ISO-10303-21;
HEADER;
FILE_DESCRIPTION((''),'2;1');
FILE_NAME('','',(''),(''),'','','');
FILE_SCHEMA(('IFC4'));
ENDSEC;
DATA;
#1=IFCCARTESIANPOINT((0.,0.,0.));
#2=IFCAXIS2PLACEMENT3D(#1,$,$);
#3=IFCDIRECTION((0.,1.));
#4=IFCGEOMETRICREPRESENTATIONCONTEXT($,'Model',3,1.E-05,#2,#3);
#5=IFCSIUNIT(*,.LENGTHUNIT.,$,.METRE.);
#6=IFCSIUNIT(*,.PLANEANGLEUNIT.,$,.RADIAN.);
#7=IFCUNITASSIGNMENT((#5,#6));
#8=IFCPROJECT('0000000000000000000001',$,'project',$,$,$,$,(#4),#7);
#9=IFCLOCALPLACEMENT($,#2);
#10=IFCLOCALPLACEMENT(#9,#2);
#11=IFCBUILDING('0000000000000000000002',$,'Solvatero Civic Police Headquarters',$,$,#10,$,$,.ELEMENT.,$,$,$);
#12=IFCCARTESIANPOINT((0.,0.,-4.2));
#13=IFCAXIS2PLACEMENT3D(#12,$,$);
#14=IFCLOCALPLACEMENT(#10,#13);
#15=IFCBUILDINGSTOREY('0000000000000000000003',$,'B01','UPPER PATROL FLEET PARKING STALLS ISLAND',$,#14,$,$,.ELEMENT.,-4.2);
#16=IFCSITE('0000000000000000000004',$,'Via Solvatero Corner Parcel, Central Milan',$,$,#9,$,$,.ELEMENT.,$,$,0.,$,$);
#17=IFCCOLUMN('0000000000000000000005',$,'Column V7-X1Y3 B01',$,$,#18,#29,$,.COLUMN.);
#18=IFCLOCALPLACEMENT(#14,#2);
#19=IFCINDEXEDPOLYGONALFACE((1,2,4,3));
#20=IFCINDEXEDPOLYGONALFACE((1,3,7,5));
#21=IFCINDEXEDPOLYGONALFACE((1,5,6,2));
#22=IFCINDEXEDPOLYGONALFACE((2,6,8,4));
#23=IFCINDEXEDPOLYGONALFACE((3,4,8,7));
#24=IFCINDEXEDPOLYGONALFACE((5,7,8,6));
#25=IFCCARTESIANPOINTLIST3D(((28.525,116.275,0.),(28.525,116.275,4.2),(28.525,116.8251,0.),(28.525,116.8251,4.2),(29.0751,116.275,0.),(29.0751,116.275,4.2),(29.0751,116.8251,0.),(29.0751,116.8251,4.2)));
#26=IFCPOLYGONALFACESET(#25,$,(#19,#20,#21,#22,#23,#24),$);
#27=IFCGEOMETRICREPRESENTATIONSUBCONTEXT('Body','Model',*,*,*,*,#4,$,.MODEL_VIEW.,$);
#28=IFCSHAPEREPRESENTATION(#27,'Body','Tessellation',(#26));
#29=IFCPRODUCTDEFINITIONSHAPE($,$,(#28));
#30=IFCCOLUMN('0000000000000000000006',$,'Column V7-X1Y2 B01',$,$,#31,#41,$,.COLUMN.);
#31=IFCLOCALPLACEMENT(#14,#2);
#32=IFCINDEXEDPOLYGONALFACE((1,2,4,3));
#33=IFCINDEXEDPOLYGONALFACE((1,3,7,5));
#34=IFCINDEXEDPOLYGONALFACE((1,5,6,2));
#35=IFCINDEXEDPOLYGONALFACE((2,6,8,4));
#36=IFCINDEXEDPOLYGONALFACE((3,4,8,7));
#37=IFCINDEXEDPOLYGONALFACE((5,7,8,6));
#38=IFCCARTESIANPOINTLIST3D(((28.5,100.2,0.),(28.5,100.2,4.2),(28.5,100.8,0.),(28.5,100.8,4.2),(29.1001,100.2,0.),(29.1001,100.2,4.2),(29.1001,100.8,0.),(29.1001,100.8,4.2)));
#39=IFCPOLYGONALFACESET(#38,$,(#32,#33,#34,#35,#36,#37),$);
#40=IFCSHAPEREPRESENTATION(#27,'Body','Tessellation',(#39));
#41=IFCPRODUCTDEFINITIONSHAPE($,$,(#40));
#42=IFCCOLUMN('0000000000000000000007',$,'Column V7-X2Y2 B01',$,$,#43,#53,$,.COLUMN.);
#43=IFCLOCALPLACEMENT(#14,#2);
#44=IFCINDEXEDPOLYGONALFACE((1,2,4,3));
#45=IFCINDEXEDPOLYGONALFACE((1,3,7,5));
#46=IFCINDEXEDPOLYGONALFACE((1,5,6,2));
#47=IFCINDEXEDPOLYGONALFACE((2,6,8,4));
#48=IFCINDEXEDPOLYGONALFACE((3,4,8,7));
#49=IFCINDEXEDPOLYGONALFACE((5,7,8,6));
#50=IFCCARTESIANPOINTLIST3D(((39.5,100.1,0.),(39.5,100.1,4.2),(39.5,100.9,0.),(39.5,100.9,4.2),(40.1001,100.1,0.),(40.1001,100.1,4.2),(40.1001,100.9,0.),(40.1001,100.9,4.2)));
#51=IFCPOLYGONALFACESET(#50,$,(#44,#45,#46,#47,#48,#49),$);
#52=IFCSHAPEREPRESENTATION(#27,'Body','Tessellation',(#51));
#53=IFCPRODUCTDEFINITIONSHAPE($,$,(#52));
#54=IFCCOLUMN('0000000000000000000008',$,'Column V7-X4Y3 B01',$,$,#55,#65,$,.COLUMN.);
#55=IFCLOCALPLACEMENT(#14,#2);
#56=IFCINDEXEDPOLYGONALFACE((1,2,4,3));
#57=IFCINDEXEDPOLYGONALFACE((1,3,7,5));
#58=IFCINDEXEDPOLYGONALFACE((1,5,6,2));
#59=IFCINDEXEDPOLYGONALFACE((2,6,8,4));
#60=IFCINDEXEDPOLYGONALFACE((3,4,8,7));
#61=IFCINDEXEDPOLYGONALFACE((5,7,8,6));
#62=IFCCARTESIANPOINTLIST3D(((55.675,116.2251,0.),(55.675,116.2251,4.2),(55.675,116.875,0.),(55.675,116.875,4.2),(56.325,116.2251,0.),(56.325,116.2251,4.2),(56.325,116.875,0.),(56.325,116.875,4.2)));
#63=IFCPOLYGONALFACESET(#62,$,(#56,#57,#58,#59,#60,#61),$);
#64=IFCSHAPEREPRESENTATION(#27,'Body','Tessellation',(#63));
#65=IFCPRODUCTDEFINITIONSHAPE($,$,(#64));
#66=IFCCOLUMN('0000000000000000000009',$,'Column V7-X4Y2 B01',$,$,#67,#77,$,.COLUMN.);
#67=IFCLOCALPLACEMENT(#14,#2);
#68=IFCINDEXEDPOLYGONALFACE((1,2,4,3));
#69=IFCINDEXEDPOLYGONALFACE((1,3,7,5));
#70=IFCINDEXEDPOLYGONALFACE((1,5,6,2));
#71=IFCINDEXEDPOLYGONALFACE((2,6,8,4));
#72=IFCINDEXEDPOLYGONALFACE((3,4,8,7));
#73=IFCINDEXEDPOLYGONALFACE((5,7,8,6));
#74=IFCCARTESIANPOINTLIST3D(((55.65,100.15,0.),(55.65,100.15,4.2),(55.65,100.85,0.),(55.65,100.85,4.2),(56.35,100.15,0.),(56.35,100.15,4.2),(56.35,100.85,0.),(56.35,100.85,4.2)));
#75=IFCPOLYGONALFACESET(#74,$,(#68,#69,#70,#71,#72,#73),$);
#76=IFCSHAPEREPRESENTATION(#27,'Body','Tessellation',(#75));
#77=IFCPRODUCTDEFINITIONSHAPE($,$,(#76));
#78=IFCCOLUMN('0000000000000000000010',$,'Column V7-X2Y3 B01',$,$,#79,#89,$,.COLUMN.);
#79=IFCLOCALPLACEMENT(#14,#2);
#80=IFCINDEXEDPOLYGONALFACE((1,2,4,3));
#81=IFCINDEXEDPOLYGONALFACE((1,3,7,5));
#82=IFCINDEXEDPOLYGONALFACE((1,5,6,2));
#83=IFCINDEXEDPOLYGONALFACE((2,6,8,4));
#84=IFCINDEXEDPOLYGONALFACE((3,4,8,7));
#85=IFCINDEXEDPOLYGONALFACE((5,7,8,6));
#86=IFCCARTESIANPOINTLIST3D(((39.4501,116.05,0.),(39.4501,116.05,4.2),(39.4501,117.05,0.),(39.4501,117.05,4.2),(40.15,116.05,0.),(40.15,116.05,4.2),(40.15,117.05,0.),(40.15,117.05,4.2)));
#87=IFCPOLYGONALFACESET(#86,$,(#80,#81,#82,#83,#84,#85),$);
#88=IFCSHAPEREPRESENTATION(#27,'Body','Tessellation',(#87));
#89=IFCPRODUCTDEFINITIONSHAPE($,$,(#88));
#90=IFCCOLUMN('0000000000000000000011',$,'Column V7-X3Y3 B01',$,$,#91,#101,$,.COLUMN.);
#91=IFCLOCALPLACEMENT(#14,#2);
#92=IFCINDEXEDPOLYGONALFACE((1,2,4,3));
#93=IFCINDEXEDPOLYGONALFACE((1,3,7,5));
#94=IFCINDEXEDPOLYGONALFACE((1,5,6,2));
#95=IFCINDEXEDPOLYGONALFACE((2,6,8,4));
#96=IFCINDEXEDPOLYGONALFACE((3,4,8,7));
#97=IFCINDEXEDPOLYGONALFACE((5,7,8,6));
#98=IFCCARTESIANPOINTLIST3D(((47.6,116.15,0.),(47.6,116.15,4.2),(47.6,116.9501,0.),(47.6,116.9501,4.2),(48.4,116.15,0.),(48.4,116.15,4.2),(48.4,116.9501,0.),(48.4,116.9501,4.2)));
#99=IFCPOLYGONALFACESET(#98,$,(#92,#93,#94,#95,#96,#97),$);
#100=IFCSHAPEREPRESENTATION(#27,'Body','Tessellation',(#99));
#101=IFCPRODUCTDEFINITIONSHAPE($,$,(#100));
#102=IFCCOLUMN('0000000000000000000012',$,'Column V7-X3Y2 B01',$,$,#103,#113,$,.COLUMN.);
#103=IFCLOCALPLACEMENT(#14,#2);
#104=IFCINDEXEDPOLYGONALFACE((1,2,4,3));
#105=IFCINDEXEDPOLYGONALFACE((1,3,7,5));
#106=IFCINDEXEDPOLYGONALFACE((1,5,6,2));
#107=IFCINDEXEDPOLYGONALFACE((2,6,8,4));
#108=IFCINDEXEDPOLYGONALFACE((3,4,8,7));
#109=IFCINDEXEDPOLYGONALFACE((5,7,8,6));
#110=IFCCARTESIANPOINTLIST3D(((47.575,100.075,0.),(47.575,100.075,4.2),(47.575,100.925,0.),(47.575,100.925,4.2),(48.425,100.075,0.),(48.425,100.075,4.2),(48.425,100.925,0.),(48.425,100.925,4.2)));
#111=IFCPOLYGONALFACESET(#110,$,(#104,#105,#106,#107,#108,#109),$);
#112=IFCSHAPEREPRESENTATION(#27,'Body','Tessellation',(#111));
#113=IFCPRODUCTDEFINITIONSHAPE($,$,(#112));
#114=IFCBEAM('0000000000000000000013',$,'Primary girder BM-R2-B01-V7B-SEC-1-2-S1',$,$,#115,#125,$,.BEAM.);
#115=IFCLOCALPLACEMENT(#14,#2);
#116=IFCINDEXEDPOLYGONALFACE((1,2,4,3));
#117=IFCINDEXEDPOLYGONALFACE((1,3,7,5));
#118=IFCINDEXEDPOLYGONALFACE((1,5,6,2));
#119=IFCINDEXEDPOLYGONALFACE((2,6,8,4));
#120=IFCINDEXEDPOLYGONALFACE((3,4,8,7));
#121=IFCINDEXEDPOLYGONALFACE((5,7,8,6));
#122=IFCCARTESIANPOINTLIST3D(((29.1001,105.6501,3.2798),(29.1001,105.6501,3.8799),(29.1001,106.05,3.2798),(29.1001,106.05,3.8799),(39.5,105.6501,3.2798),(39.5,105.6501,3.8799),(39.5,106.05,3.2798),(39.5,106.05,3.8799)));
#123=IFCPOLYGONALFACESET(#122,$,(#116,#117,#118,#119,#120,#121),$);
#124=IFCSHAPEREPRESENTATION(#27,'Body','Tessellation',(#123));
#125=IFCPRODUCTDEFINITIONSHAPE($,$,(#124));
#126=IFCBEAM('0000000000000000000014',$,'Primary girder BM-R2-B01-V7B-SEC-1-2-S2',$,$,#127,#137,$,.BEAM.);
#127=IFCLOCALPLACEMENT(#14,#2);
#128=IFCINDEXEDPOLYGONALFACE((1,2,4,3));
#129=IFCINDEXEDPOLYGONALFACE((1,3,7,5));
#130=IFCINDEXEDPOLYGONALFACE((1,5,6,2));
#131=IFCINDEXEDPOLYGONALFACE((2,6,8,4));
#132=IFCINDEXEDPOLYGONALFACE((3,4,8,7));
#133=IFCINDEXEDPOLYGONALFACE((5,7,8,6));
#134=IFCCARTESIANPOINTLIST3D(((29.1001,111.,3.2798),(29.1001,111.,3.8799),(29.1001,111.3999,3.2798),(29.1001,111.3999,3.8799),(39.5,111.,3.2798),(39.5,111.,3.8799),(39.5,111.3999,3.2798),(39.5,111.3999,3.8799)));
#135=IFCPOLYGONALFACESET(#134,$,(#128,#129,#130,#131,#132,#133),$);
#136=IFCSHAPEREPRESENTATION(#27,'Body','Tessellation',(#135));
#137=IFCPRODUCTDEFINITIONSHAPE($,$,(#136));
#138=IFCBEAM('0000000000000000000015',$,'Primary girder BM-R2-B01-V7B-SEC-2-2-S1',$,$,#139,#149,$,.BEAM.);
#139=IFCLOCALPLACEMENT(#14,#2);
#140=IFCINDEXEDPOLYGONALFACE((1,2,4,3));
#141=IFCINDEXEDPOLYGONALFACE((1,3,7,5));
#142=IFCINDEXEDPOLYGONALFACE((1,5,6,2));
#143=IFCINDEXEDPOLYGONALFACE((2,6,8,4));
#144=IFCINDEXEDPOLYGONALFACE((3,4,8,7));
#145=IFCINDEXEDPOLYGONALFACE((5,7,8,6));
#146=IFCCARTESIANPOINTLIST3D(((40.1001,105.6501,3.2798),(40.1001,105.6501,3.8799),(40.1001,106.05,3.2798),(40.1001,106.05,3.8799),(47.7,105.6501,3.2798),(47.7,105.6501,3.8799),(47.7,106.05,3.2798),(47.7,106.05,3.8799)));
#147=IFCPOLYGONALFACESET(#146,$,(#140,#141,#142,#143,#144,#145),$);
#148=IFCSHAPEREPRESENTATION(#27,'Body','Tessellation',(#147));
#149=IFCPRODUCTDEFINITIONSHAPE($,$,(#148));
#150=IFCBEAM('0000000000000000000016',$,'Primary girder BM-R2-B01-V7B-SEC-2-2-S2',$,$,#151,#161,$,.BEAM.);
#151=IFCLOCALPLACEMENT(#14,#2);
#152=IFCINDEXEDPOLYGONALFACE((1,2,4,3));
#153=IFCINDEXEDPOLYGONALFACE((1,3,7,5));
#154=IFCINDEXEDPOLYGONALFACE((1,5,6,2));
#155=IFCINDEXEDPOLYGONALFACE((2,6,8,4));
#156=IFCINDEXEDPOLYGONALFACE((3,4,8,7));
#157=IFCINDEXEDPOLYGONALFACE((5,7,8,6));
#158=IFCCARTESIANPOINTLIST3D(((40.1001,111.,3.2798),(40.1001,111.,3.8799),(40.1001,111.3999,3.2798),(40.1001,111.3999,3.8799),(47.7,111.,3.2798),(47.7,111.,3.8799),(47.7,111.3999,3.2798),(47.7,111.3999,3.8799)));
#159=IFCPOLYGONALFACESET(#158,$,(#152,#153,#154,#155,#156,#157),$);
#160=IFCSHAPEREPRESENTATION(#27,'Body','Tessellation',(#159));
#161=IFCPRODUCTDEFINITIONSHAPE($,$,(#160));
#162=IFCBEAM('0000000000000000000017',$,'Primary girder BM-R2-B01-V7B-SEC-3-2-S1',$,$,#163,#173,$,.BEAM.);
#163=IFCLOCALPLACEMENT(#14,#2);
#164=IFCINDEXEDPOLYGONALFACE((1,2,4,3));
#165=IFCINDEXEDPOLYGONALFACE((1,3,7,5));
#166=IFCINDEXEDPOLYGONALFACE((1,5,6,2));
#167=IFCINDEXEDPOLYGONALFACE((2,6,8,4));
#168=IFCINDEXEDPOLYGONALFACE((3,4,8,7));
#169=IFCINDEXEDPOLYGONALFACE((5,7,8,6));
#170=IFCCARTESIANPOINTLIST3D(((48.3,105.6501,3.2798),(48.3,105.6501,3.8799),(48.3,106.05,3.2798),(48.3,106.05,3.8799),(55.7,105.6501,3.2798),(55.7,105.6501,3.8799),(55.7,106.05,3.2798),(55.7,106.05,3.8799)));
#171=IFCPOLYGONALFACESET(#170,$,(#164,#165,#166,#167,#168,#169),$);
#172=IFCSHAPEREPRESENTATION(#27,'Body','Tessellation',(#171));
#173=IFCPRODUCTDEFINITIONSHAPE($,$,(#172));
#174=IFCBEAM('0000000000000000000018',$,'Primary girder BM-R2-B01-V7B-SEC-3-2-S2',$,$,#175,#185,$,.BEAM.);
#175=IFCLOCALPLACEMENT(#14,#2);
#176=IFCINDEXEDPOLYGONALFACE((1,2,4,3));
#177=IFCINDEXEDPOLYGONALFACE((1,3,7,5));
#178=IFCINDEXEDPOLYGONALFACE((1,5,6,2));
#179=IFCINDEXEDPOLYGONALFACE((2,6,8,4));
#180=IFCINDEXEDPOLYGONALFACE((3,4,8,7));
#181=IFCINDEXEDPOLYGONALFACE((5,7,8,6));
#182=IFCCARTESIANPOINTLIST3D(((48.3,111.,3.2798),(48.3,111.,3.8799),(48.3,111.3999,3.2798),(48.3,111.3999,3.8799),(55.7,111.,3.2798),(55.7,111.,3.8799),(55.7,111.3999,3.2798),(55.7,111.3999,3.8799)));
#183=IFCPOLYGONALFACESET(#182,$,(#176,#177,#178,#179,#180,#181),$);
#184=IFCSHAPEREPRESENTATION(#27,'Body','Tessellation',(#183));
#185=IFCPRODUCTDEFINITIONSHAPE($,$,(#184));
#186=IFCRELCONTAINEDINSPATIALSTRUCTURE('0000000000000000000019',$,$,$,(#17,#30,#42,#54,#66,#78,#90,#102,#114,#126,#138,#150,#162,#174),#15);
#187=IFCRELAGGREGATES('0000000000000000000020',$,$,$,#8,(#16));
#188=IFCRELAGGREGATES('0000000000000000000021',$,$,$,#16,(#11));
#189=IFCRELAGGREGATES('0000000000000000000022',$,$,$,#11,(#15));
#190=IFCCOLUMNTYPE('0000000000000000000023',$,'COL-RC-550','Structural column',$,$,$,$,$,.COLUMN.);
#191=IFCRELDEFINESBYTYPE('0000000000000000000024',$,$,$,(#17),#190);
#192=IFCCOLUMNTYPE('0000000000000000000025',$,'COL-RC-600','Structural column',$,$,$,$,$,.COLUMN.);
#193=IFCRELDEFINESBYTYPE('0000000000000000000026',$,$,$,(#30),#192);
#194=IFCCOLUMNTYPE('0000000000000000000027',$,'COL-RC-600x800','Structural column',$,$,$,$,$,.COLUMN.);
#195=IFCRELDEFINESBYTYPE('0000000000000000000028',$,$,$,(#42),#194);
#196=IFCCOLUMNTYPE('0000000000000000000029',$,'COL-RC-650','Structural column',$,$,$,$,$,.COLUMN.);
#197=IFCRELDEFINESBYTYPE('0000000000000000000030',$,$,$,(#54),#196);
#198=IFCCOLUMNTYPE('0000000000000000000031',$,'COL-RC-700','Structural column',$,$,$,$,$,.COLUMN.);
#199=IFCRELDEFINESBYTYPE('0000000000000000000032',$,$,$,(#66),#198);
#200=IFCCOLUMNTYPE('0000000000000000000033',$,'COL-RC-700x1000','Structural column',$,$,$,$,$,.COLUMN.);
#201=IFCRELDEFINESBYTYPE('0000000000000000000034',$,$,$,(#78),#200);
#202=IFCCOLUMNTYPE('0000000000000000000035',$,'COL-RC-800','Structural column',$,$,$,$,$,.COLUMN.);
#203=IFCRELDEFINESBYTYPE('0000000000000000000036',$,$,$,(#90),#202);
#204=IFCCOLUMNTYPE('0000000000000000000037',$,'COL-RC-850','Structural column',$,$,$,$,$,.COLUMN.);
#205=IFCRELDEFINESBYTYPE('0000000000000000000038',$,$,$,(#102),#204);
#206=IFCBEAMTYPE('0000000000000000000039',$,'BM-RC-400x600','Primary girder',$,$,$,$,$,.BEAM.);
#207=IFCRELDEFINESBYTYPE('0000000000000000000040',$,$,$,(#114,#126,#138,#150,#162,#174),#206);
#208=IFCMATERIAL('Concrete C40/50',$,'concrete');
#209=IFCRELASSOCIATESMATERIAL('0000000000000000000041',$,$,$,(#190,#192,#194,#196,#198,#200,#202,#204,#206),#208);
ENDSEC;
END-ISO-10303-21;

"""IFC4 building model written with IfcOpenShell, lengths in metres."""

from ifc_helpers import new_model, si_unit, direction, frame, origin, origin_2d, place, context, subcontext, project, spatial, rectangle, extrude, material, material_profile, profile_set, type_object, element, save


model = new_model("IFC4")

# Units and contexts
model_context = context("Model", 3, precision=1e-05, world=origin(), true_north=direction((0.0, 1.0)))
body_context = subcontext(model_context, "Body", "Model", "MODEL_VIEW")
ifc_project = project(units=[si_unit("LENGTHUNIT", "METRE"), si_unit("PLANEANGLEUNIT", "RADIAN")], contexts=[model_context])

# Site, building, storey
site_placement = place(None, origin())
site = spatial("IfcSite", under=ifc_project, at=site_placement, Name="Via Solvatero Corner Parcel, Central Milan", CompositionType="ELEMENT", RefElevation=0.0)
building_placement = place(site_placement, origin())
building = spatial("IfcBuilding", under=site, at=building_placement, Name="Solvatero Civic Police Headquarters", CompositionType="ELEMENT")
storey_placement = place(building_placement, frame((0.0, 0.0, -4.2)))
storey = spatial("IfcBuildingStorey", under=building, at=storey_placement, Name="B01", Description="UPPER PATROL FLEET PARKING STALLS ISLAND", CompositionType="ELEMENT", Elevation=-4.2)

# Columns
ifc_material_1 = material(Name="Concrete C40/50", Category="concrete")
ifc_material_profile_1 = material_profile(ifc_material_1, rectangle(XDim=0.55, YDim=0.55, at=origin_2d()), Name="RC 550x550")
ifc_profile_set_1 = profile_set([ifc_material_profile_1], Name="Concrete C40/50")
column_type_1 = type_object("IfcColumnType", Name="COL-RC-550", Description="Structural column", PredefinedType="COLUMN", material=ifc_profile_set_1)
column_1_placement = place(storey_placement, frame((28.8, 116.55, 0.0), z_axis=(0.0, 0.0, 1.0), x_axis=(1.0, 0.0, 0.0)))
element("IfcColumn", 1, at=column_1_placement, inside=storey, type_object=column_type_1, Name="Column V7-X1Y3 B01", PredefinedType="COLUMN", context=body_context, shape_type="SweptSolid", body=[
    extrude(rectangle(XDim=0.55, YDim=0.55, at=origin_2d()), origin(), (0.0, 0.0, 1.0), 4.2),
])
ifc_material_profile_2 = material_profile(ifc_material_1, rectangle(XDim=0.6001, YDim=0.6001, at=origin_2d()), Name="RC 600x600")
ifc_profile_set_2 = profile_set([ifc_material_profile_2], Name="Concrete C40/50")
column_type_2 = type_object("IfcColumnType", Name="COL-RC-600", Description="Structural column", PredefinedType="COLUMN", material=ifc_profile_set_2)
column_2_placement = place(storey_placement, frame((28.8, 100.5, 0.0), z_axis=(0.0, 0.0, 1.0), x_axis=(1.0, 0.0, 0.0)))
element("IfcColumn", 2, at=column_2_placement, inside=storey, type_object=column_type_2, Name="Column V7-X1Y2 B01", PredefinedType="COLUMN", context=body_context, shape_type="SweptSolid", body=[
    extrude(rectangle(XDim=0.6001, YDim=0.6001, at=origin_2d()), origin(), (0.0, 0.0, 1.0), 4.2),
])
ifc_material_profile_3 = material_profile(ifc_material_1, rectangle(XDim=0.6001, YDim=0.8, at=origin_2d()), Name="RC 600x800")
ifc_profile_set_3 = profile_set([ifc_material_profile_3], Name="Concrete C40/50")
column_type_3 = type_object("IfcColumnType", Name="COL-RC-600x800", Description="Structural column", PredefinedType="COLUMN", material=ifc_profile_set_3)
column_3_placement = place(storey_placement, frame((39.8, 100.5, 0.0), z_axis=(0.0, 0.0, 1.0), x_axis=(1.0, 0.0, 0.0)))
element("IfcColumn", 3, at=column_3_placement, inside=storey, type_object=column_type_3, Name="Column V7-X2Y2 B01", PredefinedType="COLUMN", context=body_context, shape_type="SweptSolid", body=[
    extrude(rectangle(XDim=0.6001, YDim=0.8, at=origin_2d()), origin(), (0.0, 0.0, 1.0), 4.2),
])
ifc_material_profile_4 = material_profile(ifc_material_1, rectangle(XDim=0.6499, YDim=0.6499, at=origin_2d()), Name="RC 650x650")
ifc_profile_set_4 = profile_set([ifc_material_profile_4], Name="Concrete C40/50")
column_type_4 = type_object("IfcColumnType", Name="COL-RC-650", Description="Structural column", PredefinedType="COLUMN", material=ifc_profile_set_4)
column_4_placement = place(storey_placement, frame((56.0, 116.55, 0.0), z_axis=(0.0, 0.0, 1.0), x_axis=(1.0, 0.0, 0.0)))
element("IfcColumn", 4, at=column_4_placement, inside=storey, type_object=column_type_4, Name="Column V7-X4Y3 B01", PredefinedType="COLUMN", context=body_context, shape_type="SweptSolid", body=[
    extrude(rectangle(XDim=0.6499, YDim=0.6499, at=origin_2d()), origin(), (0.0, 0.0, 1.0), 4.2),
])
ifc_material_profile_5 = material_profile(ifc_material_1, rectangle(XDim=0.7, YDim=0.7, at=origin_2d()), Name="RC 700x700")
ifc_profile_set_5 = profile_set([ifc_material_profile_5], Name="Concrete C40/50")
column_type_5 = type_object("IfcColumnType", Name="COL-RC-700", Description="Structural column", PredefinedType="COLUMN", material=ifc_profile_set_5)
column_5_placement = place(storey_placement, frame((56.0, 100.5, 0.0), z_axis=(0.0, 0.0, 1.0), x_axis=(1.0, 0.0, 0.0)))
element("IfcColumn", 5, at=column_5_placement, inside=storey, type_object=column_type_5, Name="Column V7-X4Y2 B01", PredefinedType="COLUMN", context=body_context, shape_type="SweptSolid", body=[
    extrude(rectangle(XDim=0.7, YDim=0.7, at=origin_2d()), origin(), (0.0, 0.0, 1.0), 4.2),
])
ifc_material_profile_6 = material_profile(ifc_material_1, rectangle(XDim=0.7, YDim=1.0, at=origin_2d()), Name="RC 700x1000")
ifc_profile_set_6 = profile_set([ifc_material_profile_6], Name="Concrete C40/50")
column_type_6 = type_object("IfcColumnType", Name="COL-RC-700x1000", Description="Structural column", PredefinedType="COLUMN", material=ifc_profile_set_6)
column_6_placement = place(storey_placement, frame((39.8, 116.55, 0.0), z_axis=(0.0, 0.0, 1.0), x_axis=(1.0, 0.0, 0.0)))
element("IfcColumn", 6, at=column_6_placement, inside=storey, type_object=column_type_6, Name="Column V7-X2Y3 B01", PredefinedType="COLUMN", context=body_context, shape_type="SweptSolid", body=[
    extrude(rectangle(XDim=0.7, YDim=1.0, at=origin_2d()), origin(), (0.0, 0.0, 1.0), 4.2),
])
ifc_material_profile_7 = material_profile(ifc_material_1, rectangle(XDim=0.8, YDim=0.8, at=origin_2d()), Name="RC 800x800")
ifc_profile_set_7 = profile_set([ifc_material_profile_7], Name="Concrete C40/50")
column_type_7 = type_object("IfcColumnType", Name="COL-RC-800", Description="Structural column", PredefinedType="COLUMN", material=ifc_profile_set_7)
column_7_placement = place(storey_placement, frame((48.0, 116.55, 0.0), z_axis=(0.0, 0.0, 1.0), x_axis=(1.0, 0.0, 0.0)))
element("IfcColumn", 7, at=column_7_placement, inside=storey, type_object=column_type_7, Name="Column V7-X3Y3 B01", PredefinedType="COLUMN", context=body_context, shape_type="SweptSolid", body=[
    extrude(rectangle(XDim=0.8, YDim=0.8, at=origin_2d()), origin(), (0.0, 0.0, 1.0), 4.2),
])
ifc_material_profile_8 = material_profile(ifc_material_1, rectangle(XDim=0.8501, YDim=0.8501, at=origin_2d()), Name="RC 850x850")
ifc_profile_set_8 = profile_set([ifc_material_profile_8], Name="Concrete C40/50")
column_type_8 = type_object("IfcColumnType", Name="COL-RC-850", Description="Structural column", PredefinedType="COLUMN", material=ifc_profile_set_8)
column_8_placement = place(storey_placement, frame((48.0, 100.5, 0.0), z_axis=(0.0, 0.0, 1.0), x_axis=(1.0, 0.0, 0.0)))
element("IfcColumn", 8, at=column_8_placement, inside=storey, type_object=column_type_8, Name="Column V7-X3Y2 B01", PredefinedType="COLUMN", context=body_context, shape_type="SweptSolid", body=[
    extrude(rectangle(XDim=0.8501, YDim=0.8501, at=origin_2d()), origin(), (0.0, 0.0, 1.0), 4.2),
])

# Beams
ifc_material_profile_9 = material_profile(ifc_material_1, rectangle(XDim=0.3999, YDim=0.6001, at=origin_2d()), Name="RC 400x600")
ifc_profile_set_9 = profile_set([ifc_material_profile_9], Name="Concrete C40/50")
beam_type_1 = type_object("IfcBeamType", Name="BM-RC-400x600", Description="Primary girder", PredefinedType="BEAM", material=ifc_profile_set_9)
for number, where, z_axis, x_axis, name in (
    (9, (29.1001, 105.8501, 3.5798), (1.0, 0.0, 0.0), (0.0, 1.0, 0.0), "Primary girder BM-R2-B01-V7B-SEC-1-2-S1"),
    (10, (29.1001, 111.2, 3.5798), (1.0, 0.0, 0.0), (0.0, 1.0, 0.0), "Primary girder BM-R2-B01-V7B-SEC-1-2-S2"),
):
    element("IfcBeam", number, at=place(storey_placement, frame(where, z_axis=z_axis, x_axis=x_axis)), inside=storey, type_object=beam_type_1, Name=name, PredefinedType="BEAM", context=body_context, shape_type="SweptSolid", body=[
        extrude(rectangle(XDim=0.3999, YDim=0.6001, at=origin_2d()), origin(), (0.0, 0.0, 1.0), 10.3999),
    ])
for number, where, z_axis, x_axis, name in (
    (11, (40.1001, 105.8501, 3.5798), (1.0, 0.0, 0.0), (0.0, 1.0, 0.0), "Primary girder BM-R2-B01-V7B-SEC-2-2-S1"),
    (12, (40.1001, 111.2, 3.5798), (1.0, 0.0, 0.0), (0.0, 1.0, 0.0), "Primary girder BM-R2-B01-V7B-SEC-2-2-S2"),
):
    element("IfcBeam", number, at=place(storey_placement, frame(where, z_axis=z_axis, x_axis=x_axis)), inside=storey, type_object=beam_type_1, Name=name, PredefinedType="BEAM", context=body_context, shape_type="SweptSolid", body=[
        extrude(rectangle(XDim=0.3999, YDim=0.6001, at=origin_2d()), origin(), (0.0, 0.0, 1.0), 7.5999),
    ])
for number, where, z_axis, x_axis, name in (
    (13, (48.3, 105.8501, 3.5798), (1.0, 0.0, 0.0), (0.0, 1.0, 0.0), "Primary girder BM-R2-B01-V7B-SEC-3-2-S1"),
    (14, (48.3, 111.2, 3.5798), (1.0, 0.0, 0.0), (0.0, 1.0, 0.0), "Primary girder BM-R2-B01-V7B-SEC-3-2-S2"),
):
    element("IfcBeam", number, at=place(storey_placement, frame(where, z_axis=z_axis, x_axis=x_axis)), inside=storey, type_object=beam_type_1, Name=name, PredefinedType="BEAM", context=body_context, shape_type="SweptSolid", body=[
        extrude(rectangle(XDim=0.3999, YDim=0.6001, at=origin_2d()), origin(), (0.0, 0.0, 1.0), 7.3999),
    ])

save(model, "model.ifc")
